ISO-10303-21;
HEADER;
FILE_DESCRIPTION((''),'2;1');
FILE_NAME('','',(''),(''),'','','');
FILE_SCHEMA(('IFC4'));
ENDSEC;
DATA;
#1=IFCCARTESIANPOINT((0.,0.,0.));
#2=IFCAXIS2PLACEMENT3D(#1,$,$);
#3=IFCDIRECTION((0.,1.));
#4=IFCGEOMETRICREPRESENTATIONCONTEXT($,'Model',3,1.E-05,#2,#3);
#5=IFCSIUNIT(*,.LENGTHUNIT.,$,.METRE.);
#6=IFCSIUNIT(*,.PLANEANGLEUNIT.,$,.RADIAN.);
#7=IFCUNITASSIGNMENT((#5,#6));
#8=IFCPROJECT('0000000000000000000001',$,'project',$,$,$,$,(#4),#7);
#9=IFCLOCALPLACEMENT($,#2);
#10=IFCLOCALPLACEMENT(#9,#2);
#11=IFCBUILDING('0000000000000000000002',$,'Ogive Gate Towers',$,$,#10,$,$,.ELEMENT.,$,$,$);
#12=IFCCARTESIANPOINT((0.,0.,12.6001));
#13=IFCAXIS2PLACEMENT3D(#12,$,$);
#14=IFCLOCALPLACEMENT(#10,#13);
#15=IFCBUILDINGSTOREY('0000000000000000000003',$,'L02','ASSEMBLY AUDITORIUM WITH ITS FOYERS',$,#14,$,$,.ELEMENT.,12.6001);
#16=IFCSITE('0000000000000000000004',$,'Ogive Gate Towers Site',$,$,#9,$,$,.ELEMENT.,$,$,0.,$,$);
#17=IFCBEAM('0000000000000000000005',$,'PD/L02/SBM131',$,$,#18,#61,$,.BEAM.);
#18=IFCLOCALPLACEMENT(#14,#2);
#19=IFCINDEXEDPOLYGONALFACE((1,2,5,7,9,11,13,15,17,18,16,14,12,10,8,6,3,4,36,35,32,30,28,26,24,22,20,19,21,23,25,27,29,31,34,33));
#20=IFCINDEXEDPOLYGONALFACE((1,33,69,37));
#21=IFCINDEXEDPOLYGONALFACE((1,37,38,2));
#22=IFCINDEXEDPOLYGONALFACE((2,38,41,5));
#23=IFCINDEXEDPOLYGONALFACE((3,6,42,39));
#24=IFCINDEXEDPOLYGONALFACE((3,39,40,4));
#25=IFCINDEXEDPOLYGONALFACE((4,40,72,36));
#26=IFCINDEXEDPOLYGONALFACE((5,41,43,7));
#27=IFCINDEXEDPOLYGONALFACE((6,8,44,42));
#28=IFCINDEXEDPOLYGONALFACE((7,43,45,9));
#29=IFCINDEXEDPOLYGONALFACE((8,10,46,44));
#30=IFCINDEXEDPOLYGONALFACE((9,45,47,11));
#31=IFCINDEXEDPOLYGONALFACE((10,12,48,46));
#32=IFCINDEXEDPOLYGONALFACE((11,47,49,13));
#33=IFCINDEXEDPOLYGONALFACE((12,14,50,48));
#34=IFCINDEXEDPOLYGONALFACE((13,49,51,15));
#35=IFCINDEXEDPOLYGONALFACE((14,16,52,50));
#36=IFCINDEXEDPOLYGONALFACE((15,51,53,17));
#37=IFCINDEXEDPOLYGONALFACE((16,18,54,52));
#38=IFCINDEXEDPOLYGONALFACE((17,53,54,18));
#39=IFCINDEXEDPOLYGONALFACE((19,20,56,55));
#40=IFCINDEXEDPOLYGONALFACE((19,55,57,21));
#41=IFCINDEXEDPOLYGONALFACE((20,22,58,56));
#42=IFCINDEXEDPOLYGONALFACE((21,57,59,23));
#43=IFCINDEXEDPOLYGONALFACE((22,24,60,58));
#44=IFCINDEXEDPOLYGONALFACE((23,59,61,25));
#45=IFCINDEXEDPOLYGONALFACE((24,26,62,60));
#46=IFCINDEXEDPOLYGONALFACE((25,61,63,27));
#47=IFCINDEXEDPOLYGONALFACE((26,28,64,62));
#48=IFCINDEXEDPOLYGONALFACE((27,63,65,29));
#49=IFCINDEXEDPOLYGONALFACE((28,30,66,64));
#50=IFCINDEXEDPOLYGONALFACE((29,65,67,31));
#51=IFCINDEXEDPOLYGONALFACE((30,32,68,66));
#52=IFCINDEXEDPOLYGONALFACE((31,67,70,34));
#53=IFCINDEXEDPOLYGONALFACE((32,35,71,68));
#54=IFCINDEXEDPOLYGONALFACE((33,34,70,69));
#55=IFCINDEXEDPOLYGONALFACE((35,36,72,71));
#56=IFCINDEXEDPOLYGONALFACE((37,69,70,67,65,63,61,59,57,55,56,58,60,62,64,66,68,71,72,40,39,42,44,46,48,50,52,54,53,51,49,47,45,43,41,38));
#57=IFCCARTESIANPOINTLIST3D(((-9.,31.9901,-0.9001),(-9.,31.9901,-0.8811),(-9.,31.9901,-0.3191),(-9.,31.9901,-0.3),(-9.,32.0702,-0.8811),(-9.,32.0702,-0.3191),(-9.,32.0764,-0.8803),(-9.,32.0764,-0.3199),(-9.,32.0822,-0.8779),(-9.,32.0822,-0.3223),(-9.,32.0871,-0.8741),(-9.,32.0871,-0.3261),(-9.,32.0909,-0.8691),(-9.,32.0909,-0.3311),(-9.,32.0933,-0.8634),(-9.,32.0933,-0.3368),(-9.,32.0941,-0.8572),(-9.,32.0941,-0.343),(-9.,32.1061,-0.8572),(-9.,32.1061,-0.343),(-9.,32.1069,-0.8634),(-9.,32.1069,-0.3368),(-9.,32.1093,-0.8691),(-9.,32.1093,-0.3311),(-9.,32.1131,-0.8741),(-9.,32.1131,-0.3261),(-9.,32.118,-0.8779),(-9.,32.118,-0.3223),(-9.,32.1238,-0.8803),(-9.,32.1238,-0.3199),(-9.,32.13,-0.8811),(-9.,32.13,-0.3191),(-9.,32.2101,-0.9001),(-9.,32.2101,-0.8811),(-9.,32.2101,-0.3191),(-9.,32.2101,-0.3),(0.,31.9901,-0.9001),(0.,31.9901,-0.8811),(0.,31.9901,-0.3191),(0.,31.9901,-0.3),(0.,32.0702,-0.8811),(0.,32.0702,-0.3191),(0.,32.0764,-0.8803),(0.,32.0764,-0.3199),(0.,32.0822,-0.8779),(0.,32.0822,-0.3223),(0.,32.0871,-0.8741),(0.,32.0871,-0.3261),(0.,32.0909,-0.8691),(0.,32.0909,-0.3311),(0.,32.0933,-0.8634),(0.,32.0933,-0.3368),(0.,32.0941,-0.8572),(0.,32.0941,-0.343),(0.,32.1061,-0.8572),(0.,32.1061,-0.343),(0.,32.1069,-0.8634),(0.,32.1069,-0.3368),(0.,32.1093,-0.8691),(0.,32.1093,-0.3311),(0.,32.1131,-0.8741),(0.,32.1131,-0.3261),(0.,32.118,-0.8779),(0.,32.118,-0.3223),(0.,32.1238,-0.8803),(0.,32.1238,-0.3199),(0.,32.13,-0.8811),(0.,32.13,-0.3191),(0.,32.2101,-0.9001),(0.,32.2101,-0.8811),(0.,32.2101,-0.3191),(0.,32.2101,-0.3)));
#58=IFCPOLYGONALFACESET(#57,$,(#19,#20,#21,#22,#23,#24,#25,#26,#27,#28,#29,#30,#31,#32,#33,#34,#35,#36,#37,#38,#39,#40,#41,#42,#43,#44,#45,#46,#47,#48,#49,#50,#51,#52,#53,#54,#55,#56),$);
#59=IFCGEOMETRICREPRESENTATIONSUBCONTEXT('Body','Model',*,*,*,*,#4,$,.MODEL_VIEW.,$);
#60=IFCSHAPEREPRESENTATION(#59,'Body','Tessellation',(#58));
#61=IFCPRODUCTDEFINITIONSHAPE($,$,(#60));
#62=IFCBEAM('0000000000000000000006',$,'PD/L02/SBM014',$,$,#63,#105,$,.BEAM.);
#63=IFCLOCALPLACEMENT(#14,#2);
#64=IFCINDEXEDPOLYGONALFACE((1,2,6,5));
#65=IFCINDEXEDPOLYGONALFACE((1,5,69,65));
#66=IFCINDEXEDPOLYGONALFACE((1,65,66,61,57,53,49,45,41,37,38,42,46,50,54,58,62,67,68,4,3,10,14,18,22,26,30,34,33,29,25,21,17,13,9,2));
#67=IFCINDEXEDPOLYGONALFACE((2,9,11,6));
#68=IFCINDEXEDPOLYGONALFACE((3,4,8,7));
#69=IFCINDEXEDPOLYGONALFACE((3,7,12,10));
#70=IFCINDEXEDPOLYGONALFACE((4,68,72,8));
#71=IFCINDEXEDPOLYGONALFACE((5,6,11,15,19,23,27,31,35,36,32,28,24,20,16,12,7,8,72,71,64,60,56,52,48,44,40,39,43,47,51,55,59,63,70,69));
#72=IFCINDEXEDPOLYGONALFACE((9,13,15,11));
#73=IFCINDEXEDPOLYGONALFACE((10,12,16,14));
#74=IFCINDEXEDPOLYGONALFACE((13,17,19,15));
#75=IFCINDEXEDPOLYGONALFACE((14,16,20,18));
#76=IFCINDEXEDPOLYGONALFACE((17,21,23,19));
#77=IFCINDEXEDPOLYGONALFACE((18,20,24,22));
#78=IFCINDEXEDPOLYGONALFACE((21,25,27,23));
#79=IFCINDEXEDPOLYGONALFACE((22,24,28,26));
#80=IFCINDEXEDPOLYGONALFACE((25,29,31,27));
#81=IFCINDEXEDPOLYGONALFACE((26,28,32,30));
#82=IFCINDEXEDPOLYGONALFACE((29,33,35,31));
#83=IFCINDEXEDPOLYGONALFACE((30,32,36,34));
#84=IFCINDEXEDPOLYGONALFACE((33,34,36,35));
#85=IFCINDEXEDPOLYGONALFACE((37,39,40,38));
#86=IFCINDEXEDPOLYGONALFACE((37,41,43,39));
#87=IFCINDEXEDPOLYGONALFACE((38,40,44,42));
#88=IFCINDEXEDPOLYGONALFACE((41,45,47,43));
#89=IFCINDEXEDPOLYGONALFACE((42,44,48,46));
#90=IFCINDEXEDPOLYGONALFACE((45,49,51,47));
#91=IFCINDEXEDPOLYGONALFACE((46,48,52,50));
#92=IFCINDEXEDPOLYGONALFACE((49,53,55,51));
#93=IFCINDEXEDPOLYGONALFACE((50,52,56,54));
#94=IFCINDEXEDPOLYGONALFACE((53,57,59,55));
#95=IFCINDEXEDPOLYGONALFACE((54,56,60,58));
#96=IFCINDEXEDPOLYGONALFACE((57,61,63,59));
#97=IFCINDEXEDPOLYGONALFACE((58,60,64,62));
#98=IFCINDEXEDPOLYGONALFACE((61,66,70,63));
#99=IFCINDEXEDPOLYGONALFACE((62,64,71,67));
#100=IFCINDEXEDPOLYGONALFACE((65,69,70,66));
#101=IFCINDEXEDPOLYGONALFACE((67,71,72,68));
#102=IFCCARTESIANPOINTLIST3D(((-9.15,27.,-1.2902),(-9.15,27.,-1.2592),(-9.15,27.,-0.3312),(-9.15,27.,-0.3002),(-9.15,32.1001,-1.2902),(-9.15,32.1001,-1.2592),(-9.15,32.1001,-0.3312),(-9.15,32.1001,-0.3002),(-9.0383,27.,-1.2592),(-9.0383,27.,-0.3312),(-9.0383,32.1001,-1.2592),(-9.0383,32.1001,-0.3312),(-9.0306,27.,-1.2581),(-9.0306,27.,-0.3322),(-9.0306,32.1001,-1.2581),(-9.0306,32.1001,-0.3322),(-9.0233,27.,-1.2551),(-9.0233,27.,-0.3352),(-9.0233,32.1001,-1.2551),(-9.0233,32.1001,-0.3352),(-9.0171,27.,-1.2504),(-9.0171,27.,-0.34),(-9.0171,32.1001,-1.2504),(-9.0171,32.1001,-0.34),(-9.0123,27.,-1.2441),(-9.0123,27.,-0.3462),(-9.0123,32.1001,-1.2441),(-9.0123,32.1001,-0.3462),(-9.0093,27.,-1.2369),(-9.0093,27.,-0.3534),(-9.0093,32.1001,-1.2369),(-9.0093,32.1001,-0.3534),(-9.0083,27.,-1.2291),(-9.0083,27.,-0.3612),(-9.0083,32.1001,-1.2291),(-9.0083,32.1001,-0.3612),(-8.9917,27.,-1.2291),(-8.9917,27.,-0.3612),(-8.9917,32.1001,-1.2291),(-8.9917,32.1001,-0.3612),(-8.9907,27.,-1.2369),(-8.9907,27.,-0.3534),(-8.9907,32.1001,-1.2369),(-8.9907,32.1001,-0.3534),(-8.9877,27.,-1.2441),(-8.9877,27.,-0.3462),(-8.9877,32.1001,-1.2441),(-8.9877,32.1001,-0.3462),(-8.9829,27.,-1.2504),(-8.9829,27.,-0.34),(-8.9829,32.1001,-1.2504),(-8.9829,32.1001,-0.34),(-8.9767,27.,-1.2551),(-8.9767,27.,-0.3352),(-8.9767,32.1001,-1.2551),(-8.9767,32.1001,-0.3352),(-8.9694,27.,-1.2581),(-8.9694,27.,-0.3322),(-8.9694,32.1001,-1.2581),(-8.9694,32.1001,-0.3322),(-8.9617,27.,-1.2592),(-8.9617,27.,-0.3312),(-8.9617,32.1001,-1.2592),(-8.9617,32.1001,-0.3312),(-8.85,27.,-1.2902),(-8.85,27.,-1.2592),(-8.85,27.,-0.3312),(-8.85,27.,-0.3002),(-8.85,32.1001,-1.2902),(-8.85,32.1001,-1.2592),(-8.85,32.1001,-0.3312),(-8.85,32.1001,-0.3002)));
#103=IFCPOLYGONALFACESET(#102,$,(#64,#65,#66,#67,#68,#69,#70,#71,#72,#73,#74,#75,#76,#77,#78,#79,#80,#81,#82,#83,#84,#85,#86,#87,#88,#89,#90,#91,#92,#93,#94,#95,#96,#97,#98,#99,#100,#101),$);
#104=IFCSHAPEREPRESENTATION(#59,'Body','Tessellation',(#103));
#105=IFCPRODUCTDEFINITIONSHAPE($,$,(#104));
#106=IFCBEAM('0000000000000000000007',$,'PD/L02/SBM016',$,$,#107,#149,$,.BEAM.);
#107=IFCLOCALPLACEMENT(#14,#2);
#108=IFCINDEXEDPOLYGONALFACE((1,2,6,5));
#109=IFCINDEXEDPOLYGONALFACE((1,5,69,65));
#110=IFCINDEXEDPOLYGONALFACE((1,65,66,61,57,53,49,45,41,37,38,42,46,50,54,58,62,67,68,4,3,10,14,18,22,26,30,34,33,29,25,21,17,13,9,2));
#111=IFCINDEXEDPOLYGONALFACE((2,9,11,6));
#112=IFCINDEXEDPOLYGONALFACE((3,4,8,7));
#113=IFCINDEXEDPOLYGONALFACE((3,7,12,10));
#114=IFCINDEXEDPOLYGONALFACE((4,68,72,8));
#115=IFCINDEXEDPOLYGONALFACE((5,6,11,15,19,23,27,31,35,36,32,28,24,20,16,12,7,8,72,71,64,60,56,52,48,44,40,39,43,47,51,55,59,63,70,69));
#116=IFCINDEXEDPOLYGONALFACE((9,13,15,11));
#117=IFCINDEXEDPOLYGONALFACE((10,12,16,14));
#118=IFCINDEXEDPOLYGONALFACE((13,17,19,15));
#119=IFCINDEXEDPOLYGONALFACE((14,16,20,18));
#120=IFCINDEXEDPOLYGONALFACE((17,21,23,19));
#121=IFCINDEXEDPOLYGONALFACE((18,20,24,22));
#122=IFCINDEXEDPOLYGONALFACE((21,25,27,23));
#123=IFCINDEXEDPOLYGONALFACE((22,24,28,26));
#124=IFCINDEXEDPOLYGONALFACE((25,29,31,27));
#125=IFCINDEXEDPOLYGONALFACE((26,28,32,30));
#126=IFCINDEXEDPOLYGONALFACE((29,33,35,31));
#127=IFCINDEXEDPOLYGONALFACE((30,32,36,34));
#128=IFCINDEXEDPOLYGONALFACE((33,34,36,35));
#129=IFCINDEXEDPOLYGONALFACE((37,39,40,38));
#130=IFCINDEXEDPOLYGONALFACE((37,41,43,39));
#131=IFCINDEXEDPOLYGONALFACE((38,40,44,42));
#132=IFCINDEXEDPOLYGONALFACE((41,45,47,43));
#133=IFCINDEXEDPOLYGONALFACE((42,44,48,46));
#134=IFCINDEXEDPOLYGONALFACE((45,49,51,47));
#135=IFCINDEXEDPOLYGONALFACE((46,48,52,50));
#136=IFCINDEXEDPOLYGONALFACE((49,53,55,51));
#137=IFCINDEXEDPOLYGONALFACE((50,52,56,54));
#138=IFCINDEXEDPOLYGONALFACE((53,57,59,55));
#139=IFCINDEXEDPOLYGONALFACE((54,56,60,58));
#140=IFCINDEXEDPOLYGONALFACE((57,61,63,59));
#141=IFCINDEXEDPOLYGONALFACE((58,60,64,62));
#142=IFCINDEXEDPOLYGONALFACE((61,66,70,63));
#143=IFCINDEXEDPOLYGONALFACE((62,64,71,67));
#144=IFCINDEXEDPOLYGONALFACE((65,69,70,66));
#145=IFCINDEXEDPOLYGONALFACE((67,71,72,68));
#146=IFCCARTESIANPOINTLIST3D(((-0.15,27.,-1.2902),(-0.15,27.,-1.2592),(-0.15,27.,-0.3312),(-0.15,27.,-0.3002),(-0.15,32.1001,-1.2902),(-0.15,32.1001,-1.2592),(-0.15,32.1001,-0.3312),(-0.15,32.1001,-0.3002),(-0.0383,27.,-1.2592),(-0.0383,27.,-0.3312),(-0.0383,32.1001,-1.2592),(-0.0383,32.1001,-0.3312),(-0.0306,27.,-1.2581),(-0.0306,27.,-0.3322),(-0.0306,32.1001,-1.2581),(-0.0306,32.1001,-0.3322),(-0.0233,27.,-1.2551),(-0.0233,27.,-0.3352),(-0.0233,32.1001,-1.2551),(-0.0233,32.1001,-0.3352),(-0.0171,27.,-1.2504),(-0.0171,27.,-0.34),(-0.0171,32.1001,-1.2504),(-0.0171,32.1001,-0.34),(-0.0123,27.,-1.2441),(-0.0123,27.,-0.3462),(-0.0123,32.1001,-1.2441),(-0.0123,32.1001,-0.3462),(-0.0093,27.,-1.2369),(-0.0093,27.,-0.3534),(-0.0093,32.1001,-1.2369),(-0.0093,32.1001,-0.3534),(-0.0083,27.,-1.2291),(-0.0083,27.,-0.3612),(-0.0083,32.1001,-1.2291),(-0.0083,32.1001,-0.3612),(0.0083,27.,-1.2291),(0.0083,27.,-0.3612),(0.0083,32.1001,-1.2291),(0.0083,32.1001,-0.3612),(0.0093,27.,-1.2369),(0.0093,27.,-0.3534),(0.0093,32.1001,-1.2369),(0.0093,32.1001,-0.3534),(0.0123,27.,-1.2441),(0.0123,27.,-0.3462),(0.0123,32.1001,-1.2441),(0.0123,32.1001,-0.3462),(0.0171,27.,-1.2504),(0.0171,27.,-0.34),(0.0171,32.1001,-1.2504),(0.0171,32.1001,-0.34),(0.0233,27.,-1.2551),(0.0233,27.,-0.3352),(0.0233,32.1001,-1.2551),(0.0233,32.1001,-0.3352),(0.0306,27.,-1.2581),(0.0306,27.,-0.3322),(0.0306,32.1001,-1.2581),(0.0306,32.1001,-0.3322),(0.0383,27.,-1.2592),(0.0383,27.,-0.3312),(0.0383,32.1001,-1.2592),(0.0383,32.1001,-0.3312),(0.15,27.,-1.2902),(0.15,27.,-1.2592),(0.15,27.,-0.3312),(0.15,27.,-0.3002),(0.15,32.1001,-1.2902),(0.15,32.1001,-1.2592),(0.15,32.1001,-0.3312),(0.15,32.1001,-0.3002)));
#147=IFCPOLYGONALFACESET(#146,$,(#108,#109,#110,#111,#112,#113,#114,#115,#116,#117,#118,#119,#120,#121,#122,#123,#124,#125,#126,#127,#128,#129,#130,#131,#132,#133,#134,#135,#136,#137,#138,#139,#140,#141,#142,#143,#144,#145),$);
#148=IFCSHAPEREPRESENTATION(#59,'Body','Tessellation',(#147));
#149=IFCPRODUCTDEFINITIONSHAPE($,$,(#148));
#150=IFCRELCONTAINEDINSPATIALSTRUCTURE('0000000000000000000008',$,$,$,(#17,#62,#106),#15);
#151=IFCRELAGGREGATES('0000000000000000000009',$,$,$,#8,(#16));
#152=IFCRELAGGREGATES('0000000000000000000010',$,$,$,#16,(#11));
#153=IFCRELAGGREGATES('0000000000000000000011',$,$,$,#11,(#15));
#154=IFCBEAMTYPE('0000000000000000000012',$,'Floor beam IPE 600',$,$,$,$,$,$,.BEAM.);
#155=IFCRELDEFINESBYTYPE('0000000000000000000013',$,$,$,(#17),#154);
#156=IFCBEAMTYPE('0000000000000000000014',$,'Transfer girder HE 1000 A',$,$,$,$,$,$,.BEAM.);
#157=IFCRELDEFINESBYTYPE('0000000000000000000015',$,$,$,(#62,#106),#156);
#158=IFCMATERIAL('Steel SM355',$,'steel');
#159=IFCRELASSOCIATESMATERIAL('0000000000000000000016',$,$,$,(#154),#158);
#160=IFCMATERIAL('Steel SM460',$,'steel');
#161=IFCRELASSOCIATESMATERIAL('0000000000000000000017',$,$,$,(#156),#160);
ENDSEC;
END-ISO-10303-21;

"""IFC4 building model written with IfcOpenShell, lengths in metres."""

from ifc_helpers import new_model, si_unit, direction, frame, origin, origin_2d, place, context, subcontext, project, spatial, i_section, extrude, material, material_profile, profile_set, type_object, element, save


model = new_model("IFC4")

# Units and contexts
model_context = context("Model", 3, precision=1e-05, world=origin(), true_north=direction((0.0, 1.0)))
body_context = subcontext(model_context, "Body", "Model", "MODEL_VIEW")
ifc_project = project(units=[si_unit("LENGTHUNIT", "METRE"), si_unit("PLANEANGLEUNIT", "RADIAN")], contexts=[model_context])

# Site, building, storey
site_placement = place(None, origin())
site = spatial("IfcSite", under=ifc_project, at=site_placement, Name="Ogive Gate Towers Site", CompositionType="ELEMENT", RefElevation=0.0)
building_placement = place(site_placement, origin())
building = spatial("IfcBuilding", under=site, at=building_placement, Name="Ogive Gate Towers", CompositionType="ELEMENT")
storey_placement = place(building_placement, frame((0.0, 0.0, 12.6001)))
storey = spatial("IfcBuildingStorey", under=building, at=storey_placement, Name="L02", Description="ASSEMBLY AUDITORIUM WITH ITS FOYERS", CompositionType="ELEMENT", Elevation=12.6001)

# Beams
ifc_material_1 = material(Name="Steel SM355", Category="steel")
ifc_material_profile_1 = material_profile(ifc_material_1, i_section(OverallWidth=0.22, OverallDepth=0.6001, WebThickness=0.012, FlangeThickness=0.019, FilletRadius=0.0239, at=origin_2d()), Name="IPE 600")
ifc_profile_set_1 = profile_set([ifc_material_profile_1], Name="Steel SM355")
beam_type_1 = type_object("IfcBeamType", Name="Floor beam IPE 600", PredefinedType="BEAM", material=ifc_profile_set_1)
for number, where, z_axis, x_axis, name in (
    (1, (-9.0, 32.1001, -0.6001), (1.0, 0.0, 0.0), (0.0, 1.0, 0.0), "PD/L02/SBM131"),
):
    element("IfcBeam", number, at=place(storey_placement, frame(where, z_axis=z_axis, x_axis=x_axis)), inside=storey, type_object=beam_type_1, Name=name, PredefinedType="BEAM", context=body_context, shape_type="SweptSolid", body=[
        extrude(i_section(OverallWidth=0.22, OverallDepth=0.6001, WebThickness=0.012, FlangeThickness=0.019, FilletRadius=0.0239, at=origin_2d()), origin(), (0.0, 0.0, 1.0), 9.0),
    ])
ifc_material_2 = material(Name="Steel SM460", Category="steel")
ifc_material_profile_2 = material_profile(ifc_material_2, i_section(OverallWidth=0.3, OverallDepth=0.99, WebThickness=0.0166, FlangeThickness=0.031, FilletRadius=0.03, at=origin_2d()), Name="HE 1000 A")
ifc_profile_set_2 = profile_set([ifc_material_profile_2], Name="Steel SM460")
beam_type_2 = type_object("IfcBeamType", Name="Transfer girder HE 1000 A", PredefinedType="BEAM", material=ifc_profile_set_2)
for number, where, z_axis, x_axis, name in (
    (2, (-9.0, 27.0, -0.7952), (0.0, 1.0, 0.0), (-1.0, 0.0, 0.0), "PD/L02/SBM014"),
    (3, (0.0, 27.0, -0.7952), (0.0, 1.0, 0.0), (-1.0, 0.0, 0.0), "PD/L02/SBM016"),
):
    element("IfcBeam", number, at=place(storey_placement, frame(where, z_axis=z_axis, x_axis=x_axis)), inside=storey, type_object=beam_type_2, Name=name, PredefinedType="BEAM", context=body_context, shape_type="SweptSolid", body=[
        extrude(i_section(OverallWidth=0.3, OverallDepth=0.99, WebThickness=0.0166, FlangeThickness=0.031, FilletRadius=0.03, at=origin_2d()), origin(), (0.0, 0.0, 1.0), 5.1001),
    ])

save(model, "model.ifc")
